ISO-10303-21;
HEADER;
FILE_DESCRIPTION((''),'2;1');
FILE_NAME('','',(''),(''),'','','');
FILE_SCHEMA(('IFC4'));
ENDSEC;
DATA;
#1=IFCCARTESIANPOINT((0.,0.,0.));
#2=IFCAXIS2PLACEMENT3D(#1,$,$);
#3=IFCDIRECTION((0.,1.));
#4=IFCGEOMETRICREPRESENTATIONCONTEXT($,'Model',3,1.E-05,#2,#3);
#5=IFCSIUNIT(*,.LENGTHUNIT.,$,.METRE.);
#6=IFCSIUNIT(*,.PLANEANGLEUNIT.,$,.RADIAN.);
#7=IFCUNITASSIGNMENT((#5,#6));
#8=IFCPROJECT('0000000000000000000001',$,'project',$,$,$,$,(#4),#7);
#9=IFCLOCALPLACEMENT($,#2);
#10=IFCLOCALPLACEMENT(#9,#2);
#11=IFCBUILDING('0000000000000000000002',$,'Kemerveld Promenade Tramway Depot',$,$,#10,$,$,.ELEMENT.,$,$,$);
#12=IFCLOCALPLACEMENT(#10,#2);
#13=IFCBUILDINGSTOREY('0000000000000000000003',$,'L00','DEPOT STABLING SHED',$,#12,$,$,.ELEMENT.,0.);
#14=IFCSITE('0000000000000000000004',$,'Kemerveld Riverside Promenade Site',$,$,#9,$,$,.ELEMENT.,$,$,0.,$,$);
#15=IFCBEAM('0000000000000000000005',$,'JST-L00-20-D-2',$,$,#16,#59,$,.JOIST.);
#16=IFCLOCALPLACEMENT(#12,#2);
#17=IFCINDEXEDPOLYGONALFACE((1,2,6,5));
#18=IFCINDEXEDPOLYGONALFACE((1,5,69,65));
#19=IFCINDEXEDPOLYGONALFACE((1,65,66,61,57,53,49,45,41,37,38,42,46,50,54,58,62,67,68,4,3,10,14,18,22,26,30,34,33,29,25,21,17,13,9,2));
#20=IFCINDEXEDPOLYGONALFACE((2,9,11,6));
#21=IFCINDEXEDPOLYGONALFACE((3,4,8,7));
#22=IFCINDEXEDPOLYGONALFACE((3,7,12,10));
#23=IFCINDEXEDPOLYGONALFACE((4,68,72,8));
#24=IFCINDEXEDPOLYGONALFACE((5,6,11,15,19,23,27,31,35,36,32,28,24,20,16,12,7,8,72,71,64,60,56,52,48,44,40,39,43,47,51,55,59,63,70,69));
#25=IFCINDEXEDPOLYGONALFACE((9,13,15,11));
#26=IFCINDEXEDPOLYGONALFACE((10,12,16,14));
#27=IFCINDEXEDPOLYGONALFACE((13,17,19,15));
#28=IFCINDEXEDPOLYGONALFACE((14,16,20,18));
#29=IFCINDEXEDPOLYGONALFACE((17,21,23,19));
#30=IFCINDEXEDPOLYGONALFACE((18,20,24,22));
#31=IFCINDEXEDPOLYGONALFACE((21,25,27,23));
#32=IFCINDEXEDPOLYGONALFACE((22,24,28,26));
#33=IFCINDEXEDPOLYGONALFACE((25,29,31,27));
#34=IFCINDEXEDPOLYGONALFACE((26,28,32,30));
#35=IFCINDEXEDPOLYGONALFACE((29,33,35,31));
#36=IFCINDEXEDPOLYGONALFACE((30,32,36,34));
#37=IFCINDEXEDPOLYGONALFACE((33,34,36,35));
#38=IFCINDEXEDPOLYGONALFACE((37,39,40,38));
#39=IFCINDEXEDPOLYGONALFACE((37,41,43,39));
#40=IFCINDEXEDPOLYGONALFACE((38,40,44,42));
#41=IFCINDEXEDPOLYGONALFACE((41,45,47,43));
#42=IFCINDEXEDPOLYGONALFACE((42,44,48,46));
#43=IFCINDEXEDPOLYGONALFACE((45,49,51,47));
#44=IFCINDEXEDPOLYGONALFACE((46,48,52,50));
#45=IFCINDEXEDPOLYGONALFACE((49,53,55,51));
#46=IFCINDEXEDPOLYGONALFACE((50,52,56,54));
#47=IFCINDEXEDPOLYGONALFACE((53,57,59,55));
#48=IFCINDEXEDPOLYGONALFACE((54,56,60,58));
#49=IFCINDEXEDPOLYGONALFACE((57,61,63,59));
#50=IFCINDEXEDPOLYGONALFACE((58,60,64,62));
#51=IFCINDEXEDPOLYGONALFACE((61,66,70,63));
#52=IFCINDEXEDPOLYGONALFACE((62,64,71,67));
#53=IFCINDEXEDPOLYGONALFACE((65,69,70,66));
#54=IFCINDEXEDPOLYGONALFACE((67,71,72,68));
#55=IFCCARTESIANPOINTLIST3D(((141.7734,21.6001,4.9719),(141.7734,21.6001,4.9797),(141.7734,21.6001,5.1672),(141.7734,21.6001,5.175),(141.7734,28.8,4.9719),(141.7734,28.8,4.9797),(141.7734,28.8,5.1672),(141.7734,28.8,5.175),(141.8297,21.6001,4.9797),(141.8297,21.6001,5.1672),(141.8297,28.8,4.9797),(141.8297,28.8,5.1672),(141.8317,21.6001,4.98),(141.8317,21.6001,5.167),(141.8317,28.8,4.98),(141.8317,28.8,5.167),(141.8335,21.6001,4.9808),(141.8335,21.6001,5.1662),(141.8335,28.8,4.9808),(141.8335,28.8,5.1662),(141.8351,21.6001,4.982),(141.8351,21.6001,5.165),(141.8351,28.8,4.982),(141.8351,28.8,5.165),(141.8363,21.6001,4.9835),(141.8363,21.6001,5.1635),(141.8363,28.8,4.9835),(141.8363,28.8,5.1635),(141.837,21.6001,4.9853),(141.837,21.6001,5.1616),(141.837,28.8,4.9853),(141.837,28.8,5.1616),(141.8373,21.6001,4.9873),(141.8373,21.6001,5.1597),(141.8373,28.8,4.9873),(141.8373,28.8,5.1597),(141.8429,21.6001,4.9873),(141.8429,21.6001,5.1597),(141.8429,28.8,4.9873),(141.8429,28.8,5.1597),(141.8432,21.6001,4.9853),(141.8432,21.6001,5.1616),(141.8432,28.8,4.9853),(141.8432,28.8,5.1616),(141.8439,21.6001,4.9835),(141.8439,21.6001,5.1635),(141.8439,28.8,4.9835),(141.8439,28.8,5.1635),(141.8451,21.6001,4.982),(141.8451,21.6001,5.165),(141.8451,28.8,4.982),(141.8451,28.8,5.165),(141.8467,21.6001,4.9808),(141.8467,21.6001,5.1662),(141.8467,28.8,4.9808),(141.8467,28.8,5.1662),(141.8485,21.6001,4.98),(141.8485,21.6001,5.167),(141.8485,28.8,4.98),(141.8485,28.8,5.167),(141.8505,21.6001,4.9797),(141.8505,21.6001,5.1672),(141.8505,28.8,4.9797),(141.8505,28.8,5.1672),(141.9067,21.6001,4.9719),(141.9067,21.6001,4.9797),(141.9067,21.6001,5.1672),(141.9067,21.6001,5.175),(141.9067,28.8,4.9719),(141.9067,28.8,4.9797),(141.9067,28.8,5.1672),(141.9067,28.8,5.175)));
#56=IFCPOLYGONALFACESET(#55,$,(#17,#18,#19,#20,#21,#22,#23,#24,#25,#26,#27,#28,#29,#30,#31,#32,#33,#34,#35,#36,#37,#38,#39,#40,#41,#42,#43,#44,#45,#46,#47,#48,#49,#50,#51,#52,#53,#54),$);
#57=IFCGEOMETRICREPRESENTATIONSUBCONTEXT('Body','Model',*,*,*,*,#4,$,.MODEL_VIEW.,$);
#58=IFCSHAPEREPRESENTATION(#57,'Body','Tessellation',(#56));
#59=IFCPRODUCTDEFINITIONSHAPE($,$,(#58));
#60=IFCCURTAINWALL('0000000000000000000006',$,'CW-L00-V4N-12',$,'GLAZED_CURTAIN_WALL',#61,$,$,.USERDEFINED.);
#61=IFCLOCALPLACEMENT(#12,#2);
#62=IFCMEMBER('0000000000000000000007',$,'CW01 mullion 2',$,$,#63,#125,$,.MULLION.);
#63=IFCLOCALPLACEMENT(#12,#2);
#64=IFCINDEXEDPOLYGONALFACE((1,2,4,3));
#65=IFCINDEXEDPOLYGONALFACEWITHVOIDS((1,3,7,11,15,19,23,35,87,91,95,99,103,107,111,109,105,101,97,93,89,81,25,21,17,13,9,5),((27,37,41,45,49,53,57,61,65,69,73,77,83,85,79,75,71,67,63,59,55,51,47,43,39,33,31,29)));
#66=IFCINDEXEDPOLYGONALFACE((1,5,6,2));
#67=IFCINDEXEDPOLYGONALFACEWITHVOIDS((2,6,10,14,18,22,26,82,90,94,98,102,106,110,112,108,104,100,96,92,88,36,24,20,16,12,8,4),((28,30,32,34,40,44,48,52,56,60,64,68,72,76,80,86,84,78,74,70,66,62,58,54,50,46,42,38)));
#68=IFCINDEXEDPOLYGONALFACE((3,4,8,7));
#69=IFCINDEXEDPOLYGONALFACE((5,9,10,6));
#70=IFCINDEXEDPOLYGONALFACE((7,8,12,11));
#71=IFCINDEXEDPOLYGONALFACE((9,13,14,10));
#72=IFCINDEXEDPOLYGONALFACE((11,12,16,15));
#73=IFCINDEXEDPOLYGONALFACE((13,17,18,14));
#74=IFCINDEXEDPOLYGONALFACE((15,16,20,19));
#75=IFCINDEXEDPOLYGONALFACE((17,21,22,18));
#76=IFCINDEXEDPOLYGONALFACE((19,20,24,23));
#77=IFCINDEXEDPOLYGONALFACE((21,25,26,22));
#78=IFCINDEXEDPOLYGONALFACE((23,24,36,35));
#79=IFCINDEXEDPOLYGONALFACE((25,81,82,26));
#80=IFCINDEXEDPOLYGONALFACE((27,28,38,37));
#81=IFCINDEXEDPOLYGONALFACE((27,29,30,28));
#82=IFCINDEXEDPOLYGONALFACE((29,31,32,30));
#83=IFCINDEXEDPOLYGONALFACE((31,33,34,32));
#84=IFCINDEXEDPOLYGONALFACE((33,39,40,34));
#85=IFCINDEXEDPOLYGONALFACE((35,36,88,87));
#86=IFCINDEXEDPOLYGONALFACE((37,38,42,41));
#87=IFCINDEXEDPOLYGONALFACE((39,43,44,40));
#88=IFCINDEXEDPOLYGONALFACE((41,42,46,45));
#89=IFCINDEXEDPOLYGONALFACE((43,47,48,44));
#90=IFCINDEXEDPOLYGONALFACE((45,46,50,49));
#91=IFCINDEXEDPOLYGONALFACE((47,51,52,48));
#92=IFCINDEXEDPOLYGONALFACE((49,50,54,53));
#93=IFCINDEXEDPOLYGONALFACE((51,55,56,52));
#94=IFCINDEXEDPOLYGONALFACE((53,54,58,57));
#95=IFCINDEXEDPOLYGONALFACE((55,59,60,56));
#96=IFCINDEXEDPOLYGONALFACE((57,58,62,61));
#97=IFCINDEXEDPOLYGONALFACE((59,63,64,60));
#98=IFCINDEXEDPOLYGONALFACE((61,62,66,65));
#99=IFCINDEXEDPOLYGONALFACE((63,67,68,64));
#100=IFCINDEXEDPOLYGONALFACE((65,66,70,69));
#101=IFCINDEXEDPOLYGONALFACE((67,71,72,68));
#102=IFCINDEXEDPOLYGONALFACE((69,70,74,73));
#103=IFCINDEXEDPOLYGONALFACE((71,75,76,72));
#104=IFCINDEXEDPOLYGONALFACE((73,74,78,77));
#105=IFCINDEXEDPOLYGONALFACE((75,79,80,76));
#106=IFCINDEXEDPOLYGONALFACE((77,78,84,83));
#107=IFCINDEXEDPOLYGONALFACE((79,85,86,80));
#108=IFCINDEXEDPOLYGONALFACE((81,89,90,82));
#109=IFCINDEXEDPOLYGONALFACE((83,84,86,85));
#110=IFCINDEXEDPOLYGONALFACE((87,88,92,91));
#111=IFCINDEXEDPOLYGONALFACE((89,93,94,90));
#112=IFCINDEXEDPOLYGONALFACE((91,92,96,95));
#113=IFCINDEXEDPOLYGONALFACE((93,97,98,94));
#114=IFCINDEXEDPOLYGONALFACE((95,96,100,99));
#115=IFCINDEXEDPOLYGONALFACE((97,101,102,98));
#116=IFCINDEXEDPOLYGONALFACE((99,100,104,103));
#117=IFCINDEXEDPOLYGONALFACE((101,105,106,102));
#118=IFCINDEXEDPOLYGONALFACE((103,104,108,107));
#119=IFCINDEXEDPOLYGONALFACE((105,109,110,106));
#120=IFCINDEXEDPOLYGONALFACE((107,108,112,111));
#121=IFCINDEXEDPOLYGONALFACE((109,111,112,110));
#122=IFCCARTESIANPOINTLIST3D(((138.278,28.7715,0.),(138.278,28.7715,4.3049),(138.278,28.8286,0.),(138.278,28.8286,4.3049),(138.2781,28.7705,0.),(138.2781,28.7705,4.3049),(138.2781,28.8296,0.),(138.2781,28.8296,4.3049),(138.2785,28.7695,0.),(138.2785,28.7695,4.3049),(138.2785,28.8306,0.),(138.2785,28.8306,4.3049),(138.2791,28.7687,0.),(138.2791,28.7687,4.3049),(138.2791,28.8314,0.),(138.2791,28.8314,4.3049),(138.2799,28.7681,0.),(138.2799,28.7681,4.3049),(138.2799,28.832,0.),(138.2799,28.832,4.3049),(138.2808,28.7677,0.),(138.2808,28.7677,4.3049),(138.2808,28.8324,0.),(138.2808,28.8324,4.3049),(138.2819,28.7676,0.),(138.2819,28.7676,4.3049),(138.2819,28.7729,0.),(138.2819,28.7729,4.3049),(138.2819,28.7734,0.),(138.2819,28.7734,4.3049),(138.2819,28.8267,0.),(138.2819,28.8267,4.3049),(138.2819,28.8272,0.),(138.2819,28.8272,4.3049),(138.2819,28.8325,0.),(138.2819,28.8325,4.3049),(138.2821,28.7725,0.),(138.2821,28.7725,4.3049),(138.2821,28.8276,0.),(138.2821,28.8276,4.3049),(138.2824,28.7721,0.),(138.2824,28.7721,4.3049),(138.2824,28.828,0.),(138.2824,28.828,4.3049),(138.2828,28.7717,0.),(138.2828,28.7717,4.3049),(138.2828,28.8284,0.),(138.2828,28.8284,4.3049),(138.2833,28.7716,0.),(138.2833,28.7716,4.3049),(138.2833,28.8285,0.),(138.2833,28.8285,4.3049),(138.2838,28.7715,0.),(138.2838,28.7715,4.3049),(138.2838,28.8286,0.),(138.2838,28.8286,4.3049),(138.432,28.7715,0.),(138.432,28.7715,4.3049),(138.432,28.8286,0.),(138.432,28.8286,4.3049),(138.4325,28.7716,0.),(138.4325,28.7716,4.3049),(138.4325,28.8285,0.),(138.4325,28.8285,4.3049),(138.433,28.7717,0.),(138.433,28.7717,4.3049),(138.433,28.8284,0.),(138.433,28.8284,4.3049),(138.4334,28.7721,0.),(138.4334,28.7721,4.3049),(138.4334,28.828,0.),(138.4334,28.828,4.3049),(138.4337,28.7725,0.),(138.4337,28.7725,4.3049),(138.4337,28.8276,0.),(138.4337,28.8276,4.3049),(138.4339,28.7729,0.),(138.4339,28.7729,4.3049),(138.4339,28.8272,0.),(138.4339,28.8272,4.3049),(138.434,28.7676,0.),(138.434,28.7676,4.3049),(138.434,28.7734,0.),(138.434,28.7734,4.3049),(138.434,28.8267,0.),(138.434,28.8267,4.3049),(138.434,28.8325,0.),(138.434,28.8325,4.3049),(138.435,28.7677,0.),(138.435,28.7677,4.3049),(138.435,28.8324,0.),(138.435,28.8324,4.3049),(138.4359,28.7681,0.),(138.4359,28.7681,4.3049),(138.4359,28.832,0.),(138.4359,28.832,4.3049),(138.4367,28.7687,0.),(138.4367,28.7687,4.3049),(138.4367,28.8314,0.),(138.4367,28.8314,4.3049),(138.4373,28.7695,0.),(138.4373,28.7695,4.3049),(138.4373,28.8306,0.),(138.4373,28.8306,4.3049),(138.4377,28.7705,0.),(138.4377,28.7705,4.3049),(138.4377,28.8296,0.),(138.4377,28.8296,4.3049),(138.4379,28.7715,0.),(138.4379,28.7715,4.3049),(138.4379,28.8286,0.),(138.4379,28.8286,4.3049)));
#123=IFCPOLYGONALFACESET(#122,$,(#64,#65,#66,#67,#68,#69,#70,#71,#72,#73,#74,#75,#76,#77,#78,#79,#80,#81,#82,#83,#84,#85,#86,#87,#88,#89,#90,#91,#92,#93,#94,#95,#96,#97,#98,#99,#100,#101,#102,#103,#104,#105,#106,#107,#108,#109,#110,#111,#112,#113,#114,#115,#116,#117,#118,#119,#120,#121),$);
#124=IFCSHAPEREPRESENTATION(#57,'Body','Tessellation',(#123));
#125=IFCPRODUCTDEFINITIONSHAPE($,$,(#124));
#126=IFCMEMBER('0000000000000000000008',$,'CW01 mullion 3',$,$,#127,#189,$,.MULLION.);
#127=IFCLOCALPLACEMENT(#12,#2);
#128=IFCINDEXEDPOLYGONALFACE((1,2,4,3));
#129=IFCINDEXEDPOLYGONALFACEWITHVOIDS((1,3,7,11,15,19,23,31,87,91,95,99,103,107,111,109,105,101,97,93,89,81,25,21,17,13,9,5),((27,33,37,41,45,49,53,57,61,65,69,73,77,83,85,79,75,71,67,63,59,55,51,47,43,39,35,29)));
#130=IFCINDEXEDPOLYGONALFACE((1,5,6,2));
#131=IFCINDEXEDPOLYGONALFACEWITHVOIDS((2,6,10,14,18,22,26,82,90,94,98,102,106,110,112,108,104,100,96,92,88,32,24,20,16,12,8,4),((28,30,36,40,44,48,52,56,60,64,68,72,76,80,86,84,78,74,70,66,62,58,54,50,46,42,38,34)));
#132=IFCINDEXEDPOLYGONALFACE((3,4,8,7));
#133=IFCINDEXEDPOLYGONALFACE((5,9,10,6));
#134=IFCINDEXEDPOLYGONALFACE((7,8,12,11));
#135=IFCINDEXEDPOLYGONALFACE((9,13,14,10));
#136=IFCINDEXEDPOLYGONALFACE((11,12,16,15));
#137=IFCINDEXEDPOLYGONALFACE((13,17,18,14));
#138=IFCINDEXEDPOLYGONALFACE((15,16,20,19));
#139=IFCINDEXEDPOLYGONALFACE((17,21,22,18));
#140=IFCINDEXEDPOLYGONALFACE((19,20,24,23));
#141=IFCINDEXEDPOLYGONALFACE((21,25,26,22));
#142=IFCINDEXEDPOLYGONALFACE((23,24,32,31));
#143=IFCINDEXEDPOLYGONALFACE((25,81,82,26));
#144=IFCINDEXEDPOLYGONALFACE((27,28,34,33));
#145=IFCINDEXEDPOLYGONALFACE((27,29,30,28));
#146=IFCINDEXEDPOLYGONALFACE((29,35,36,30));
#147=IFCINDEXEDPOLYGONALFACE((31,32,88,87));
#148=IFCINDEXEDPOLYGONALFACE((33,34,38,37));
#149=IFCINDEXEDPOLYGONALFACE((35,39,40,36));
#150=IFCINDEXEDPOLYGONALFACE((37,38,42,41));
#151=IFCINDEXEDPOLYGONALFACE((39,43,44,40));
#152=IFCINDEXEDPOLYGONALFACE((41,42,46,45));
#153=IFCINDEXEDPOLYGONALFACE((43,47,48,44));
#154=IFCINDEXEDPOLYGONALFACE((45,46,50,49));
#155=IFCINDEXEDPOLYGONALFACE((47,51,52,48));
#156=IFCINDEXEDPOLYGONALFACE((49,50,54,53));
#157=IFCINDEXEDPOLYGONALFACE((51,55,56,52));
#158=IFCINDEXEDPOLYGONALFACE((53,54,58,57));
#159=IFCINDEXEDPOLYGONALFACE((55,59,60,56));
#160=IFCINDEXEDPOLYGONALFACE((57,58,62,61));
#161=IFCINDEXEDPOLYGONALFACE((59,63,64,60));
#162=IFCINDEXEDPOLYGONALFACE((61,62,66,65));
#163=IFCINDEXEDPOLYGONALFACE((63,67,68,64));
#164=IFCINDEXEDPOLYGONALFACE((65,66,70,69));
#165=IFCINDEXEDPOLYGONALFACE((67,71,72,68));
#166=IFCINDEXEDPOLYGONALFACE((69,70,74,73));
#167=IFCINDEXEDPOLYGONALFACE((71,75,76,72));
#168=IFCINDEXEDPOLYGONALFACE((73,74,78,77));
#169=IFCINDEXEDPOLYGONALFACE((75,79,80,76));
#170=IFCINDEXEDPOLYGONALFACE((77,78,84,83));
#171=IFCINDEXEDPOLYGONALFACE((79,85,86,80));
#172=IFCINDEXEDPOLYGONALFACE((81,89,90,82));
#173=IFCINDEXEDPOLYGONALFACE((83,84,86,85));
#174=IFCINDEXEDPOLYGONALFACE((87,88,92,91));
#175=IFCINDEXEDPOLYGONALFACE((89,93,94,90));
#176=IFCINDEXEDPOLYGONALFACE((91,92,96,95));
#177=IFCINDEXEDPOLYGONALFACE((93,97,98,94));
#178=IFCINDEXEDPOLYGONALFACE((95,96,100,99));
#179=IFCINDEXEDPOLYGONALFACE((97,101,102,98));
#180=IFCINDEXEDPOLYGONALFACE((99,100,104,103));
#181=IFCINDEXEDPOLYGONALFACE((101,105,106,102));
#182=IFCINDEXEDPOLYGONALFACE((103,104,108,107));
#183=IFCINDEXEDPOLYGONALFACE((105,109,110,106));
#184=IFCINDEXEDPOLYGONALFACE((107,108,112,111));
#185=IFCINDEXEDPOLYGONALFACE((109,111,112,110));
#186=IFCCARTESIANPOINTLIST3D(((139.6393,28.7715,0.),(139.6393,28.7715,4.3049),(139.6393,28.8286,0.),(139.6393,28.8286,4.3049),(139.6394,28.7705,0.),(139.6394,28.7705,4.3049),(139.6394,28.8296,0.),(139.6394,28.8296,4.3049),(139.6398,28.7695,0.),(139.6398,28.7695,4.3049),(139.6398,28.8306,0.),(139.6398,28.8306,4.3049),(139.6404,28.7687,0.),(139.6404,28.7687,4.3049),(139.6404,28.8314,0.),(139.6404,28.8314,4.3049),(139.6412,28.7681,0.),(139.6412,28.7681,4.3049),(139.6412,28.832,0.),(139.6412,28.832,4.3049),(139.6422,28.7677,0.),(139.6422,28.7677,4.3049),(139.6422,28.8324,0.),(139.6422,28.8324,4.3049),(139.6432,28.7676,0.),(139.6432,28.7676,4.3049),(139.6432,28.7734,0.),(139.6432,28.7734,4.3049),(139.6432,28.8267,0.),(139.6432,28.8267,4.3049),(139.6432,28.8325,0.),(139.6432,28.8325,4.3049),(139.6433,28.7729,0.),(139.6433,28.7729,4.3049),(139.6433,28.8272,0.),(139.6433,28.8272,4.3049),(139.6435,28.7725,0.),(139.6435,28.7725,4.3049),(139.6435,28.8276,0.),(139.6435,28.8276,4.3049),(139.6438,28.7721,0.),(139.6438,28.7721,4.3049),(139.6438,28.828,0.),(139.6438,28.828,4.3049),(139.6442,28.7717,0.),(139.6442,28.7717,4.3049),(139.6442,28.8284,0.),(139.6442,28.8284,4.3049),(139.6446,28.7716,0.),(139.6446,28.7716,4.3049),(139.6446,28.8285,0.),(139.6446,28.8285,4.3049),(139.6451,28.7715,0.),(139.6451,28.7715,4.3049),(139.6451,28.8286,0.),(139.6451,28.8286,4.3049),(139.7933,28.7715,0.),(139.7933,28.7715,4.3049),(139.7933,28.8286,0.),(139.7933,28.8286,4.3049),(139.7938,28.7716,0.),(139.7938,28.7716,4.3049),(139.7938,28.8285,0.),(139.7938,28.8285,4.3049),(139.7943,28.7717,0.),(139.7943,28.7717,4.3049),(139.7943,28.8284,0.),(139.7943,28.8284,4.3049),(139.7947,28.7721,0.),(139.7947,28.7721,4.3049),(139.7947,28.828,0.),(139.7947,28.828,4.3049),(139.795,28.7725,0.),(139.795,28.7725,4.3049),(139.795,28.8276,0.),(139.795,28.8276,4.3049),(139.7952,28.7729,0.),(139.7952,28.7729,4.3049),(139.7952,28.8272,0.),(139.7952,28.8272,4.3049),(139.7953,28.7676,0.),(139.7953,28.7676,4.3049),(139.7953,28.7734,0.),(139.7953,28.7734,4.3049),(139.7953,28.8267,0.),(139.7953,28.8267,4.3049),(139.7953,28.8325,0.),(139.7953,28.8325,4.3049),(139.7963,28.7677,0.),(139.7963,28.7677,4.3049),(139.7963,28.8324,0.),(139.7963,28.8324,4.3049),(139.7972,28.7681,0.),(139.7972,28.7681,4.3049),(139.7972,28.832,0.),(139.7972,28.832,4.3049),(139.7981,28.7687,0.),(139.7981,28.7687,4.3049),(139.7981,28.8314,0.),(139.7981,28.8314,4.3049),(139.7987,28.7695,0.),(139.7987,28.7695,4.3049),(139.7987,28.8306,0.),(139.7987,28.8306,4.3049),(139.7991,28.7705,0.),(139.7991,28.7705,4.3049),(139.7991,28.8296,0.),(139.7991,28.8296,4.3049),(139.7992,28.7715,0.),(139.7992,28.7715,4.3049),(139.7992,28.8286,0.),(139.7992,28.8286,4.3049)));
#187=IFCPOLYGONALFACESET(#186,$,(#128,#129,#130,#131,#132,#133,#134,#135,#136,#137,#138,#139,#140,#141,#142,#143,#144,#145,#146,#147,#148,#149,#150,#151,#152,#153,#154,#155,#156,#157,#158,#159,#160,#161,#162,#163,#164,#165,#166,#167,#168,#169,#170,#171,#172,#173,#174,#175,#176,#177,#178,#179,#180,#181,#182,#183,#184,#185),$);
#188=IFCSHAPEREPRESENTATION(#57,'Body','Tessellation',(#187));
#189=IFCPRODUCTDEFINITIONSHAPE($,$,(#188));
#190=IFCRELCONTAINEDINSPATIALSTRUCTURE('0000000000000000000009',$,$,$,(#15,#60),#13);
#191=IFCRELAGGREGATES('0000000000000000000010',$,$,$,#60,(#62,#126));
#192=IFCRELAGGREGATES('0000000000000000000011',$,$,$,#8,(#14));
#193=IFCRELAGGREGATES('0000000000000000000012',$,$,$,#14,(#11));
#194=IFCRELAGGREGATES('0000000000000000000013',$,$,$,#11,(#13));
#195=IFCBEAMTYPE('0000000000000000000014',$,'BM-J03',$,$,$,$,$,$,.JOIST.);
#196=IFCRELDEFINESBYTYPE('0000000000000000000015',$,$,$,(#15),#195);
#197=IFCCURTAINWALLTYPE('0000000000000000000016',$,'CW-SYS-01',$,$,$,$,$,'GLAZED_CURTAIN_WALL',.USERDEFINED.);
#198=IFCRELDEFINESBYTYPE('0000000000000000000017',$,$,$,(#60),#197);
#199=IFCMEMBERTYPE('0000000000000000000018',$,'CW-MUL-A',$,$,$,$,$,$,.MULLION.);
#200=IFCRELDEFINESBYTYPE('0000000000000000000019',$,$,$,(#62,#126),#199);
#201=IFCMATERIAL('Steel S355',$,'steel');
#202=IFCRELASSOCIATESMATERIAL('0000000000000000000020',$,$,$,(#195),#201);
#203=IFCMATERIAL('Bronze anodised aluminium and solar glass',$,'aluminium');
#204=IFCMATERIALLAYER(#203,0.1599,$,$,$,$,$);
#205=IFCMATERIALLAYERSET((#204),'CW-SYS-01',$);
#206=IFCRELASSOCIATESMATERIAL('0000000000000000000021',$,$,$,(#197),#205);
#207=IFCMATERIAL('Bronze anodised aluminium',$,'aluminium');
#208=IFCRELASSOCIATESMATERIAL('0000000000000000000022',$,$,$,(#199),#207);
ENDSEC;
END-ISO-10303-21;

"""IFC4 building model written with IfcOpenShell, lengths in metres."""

from ifc_helpers import new_model, si_unit, direction, frame, origin, origin_2d, place, context, subcontext, project, spatial, hollow_rectangle, i_section, extrude, material, layer, layer_set, material_profile, profile_set, type_object, element, aggregate, save


model = new_model("IFC4")

# Units and contexts
model_context = context("Model", 3, precision=1e-05, world=origin(), true_north=direction((0.0, 1.0)))
body_context = subcontext(model_context, "Body", "Model", "MODEL_VIEW")
ifc_project = project(units=[si_unit("LENGTHUNIT", "METRE"), si_unit("PLANEANGLEUNIT", "RADIAN")], contexts=[model_context])

# Site, building, storey
site_placement = place(None, origin())
site = spatial("IfcSite", under=ifc_project, at=site_placement, Name="Kemerveld Riverside Promenade Site", CompositionType="ELEMENT", RefElevation=0.0)
building_placement = place(site_placement, origin())
building = spatial("IfcBuilding", under=site, at=building_placement, Name="Kemerveld Promenade Tramway Depot", CompositionType="ELEMENT")
storey_placement = place(building_placement, origin())
storey = spatial("IfcBuildingStorey", under=building, at=storey_placement, Name="L00", Description="DEPOT STABLING SHED", CompositionType="ELEMENT", Elevation=0.0)

# Beam
ifc_material_1 = material(Name="Steel S355", Category="steel")
ifc_material_profile_1 = material_profile(ifc_material_1, i_section(OverallWidth=0.1333, OverallDepth=0.2031, WebThickness=0.0056, FlangeThickness=0.0078, FilletRadius=0.0076, at=origin_2d()), Name="203x133x25 UB")
ifc_profile_set_1 = profile_set([ifc_material_profile_1], Name="Steel S355")
beam_type = type_object("IfcBeamType", Name="BM-J03", PredefinedType="JOIST", material=ifc_profile_set_1)
for number, where, z_axis, x_axis, name in (
    (1, (141.8401, 21.6001, 5.0735), (0.0, 1.0, 0.0), (-1.0, 0.0, 0.0), "JST-L00-20-D-2"),
):
    element("IfcBeam", number, at=place(storey_placement, frame(where, z_axis=z_axis, x_axis=x_axis)), inside=storey, type_object=beam_type, Name=name, PredefinedType="JOIST", context=body_context, shape_type="SweptSolid", body=[
        extrude(i_section(OverallWidth=0.1333, OverallDepth=0.2031, WebThickness=0.0056, FlangeThickness=0.0078, FilletRadius=0.0076, at=origin_2d()), origin(), (0.0, 0.0, 1.0), 7.2),
    ])

# Curtain wall, members
ifc_material_2 = material(Name="Bronze anodised aluminium and solar glass", Category="aluminium")
ifc_layer_1 = layer(ifc_material_2, 0.1599)
ifc_layer_set_1 = layer_set([ifc_layer_1], Name="CW-SYS-01")
curtain_wall_type = type_object("IfcCurtainWallType", Name="CW-SYS-01", ElementType="GLAZED_CURTAIN_WALL", PredefinedType="USERDEFINED", material=ifc_layer_set_1)
curtain_wall_placement = place(storey_placement, origin())
curtain_wall = element("IfcCurtainWall", 2, at=curtain_wall_placement, inside=storey, type_object=curtain_wall_type, Name="CW-L00-V4N-12", ObjectType="GLAZED_CURTAIN_WALL", PredefinedType="USERDEFINED")
ifc_material_3 = material(Name="Bronze anodised aluminium", Category="aluminium")
ifc_material_profile_2 = material_profile(ifc_material_3, hollow_rectangle(XDim=0.0649, YDim=0.1599, WallThickness=0.0039, InnerFilletRadius=0.002, OuterFilletRadius=0.0039, at=origin_2d()), Name="CW-MUL-160x65")
ifc_profile_set_2 = profile_set([ifc_material_profile_2], Name="Bronze anodised aluminium")
member_type_1 = type_object("IfcMemberType", Name="CW-MUL-A", PredefinedType="MULLION", material=ifc_profile_set_2)
member_1_placement = place(storey_placement, frame((138.3579, 28.8, 0.0), z_axis=(0.0, 0.0, 1.0), x_axis=(0.0, 1.0, 0.0)))
member_1 = element("IfcMember", 3, at=member_1_placement, type_object=member_type_1, Name="CW01 mullion 2", PredefinedType="MULLION", context=body_context, shape_type="SweptSolid", body=[
    extrude(hollow_rectangle(XDim=0.0649, YDim=0.1599, WallThickness=0.0039, InnerFilletRadius=0.002, OuterFilletRadius=0.0039, at=origin_2d()), origin(), (0.0, 0.0, 1.0), 4.3049),
])
member_2_placement = place(storey_placement, frame((139.7192, 28.8, 0.0), z_axis=(0.0, 0.0, 1.0), x_axis=(0.0, 1.0, 0.0)))
member_2 = element("IfcMember", 4, at=member_2_placement, type_object=member_type_1, Name="CW01 mullion 3", PredefinedType="MULLION", context=body_context, shape_type="SweptSolid", body=[
    extrude(hollow_rectangle(XDim=0.0649, YDim=0.1599, WallThickness=0.0039, InnerFilletRadius=0.002, OuterFilletRadius=0.0039, at=origin_2d()), origin(), (0.0, 0.0, 1.0), 4.3049),
])
aggregate(curtain_wall, [member_1, member_2])

save(model, "model.ifc")
